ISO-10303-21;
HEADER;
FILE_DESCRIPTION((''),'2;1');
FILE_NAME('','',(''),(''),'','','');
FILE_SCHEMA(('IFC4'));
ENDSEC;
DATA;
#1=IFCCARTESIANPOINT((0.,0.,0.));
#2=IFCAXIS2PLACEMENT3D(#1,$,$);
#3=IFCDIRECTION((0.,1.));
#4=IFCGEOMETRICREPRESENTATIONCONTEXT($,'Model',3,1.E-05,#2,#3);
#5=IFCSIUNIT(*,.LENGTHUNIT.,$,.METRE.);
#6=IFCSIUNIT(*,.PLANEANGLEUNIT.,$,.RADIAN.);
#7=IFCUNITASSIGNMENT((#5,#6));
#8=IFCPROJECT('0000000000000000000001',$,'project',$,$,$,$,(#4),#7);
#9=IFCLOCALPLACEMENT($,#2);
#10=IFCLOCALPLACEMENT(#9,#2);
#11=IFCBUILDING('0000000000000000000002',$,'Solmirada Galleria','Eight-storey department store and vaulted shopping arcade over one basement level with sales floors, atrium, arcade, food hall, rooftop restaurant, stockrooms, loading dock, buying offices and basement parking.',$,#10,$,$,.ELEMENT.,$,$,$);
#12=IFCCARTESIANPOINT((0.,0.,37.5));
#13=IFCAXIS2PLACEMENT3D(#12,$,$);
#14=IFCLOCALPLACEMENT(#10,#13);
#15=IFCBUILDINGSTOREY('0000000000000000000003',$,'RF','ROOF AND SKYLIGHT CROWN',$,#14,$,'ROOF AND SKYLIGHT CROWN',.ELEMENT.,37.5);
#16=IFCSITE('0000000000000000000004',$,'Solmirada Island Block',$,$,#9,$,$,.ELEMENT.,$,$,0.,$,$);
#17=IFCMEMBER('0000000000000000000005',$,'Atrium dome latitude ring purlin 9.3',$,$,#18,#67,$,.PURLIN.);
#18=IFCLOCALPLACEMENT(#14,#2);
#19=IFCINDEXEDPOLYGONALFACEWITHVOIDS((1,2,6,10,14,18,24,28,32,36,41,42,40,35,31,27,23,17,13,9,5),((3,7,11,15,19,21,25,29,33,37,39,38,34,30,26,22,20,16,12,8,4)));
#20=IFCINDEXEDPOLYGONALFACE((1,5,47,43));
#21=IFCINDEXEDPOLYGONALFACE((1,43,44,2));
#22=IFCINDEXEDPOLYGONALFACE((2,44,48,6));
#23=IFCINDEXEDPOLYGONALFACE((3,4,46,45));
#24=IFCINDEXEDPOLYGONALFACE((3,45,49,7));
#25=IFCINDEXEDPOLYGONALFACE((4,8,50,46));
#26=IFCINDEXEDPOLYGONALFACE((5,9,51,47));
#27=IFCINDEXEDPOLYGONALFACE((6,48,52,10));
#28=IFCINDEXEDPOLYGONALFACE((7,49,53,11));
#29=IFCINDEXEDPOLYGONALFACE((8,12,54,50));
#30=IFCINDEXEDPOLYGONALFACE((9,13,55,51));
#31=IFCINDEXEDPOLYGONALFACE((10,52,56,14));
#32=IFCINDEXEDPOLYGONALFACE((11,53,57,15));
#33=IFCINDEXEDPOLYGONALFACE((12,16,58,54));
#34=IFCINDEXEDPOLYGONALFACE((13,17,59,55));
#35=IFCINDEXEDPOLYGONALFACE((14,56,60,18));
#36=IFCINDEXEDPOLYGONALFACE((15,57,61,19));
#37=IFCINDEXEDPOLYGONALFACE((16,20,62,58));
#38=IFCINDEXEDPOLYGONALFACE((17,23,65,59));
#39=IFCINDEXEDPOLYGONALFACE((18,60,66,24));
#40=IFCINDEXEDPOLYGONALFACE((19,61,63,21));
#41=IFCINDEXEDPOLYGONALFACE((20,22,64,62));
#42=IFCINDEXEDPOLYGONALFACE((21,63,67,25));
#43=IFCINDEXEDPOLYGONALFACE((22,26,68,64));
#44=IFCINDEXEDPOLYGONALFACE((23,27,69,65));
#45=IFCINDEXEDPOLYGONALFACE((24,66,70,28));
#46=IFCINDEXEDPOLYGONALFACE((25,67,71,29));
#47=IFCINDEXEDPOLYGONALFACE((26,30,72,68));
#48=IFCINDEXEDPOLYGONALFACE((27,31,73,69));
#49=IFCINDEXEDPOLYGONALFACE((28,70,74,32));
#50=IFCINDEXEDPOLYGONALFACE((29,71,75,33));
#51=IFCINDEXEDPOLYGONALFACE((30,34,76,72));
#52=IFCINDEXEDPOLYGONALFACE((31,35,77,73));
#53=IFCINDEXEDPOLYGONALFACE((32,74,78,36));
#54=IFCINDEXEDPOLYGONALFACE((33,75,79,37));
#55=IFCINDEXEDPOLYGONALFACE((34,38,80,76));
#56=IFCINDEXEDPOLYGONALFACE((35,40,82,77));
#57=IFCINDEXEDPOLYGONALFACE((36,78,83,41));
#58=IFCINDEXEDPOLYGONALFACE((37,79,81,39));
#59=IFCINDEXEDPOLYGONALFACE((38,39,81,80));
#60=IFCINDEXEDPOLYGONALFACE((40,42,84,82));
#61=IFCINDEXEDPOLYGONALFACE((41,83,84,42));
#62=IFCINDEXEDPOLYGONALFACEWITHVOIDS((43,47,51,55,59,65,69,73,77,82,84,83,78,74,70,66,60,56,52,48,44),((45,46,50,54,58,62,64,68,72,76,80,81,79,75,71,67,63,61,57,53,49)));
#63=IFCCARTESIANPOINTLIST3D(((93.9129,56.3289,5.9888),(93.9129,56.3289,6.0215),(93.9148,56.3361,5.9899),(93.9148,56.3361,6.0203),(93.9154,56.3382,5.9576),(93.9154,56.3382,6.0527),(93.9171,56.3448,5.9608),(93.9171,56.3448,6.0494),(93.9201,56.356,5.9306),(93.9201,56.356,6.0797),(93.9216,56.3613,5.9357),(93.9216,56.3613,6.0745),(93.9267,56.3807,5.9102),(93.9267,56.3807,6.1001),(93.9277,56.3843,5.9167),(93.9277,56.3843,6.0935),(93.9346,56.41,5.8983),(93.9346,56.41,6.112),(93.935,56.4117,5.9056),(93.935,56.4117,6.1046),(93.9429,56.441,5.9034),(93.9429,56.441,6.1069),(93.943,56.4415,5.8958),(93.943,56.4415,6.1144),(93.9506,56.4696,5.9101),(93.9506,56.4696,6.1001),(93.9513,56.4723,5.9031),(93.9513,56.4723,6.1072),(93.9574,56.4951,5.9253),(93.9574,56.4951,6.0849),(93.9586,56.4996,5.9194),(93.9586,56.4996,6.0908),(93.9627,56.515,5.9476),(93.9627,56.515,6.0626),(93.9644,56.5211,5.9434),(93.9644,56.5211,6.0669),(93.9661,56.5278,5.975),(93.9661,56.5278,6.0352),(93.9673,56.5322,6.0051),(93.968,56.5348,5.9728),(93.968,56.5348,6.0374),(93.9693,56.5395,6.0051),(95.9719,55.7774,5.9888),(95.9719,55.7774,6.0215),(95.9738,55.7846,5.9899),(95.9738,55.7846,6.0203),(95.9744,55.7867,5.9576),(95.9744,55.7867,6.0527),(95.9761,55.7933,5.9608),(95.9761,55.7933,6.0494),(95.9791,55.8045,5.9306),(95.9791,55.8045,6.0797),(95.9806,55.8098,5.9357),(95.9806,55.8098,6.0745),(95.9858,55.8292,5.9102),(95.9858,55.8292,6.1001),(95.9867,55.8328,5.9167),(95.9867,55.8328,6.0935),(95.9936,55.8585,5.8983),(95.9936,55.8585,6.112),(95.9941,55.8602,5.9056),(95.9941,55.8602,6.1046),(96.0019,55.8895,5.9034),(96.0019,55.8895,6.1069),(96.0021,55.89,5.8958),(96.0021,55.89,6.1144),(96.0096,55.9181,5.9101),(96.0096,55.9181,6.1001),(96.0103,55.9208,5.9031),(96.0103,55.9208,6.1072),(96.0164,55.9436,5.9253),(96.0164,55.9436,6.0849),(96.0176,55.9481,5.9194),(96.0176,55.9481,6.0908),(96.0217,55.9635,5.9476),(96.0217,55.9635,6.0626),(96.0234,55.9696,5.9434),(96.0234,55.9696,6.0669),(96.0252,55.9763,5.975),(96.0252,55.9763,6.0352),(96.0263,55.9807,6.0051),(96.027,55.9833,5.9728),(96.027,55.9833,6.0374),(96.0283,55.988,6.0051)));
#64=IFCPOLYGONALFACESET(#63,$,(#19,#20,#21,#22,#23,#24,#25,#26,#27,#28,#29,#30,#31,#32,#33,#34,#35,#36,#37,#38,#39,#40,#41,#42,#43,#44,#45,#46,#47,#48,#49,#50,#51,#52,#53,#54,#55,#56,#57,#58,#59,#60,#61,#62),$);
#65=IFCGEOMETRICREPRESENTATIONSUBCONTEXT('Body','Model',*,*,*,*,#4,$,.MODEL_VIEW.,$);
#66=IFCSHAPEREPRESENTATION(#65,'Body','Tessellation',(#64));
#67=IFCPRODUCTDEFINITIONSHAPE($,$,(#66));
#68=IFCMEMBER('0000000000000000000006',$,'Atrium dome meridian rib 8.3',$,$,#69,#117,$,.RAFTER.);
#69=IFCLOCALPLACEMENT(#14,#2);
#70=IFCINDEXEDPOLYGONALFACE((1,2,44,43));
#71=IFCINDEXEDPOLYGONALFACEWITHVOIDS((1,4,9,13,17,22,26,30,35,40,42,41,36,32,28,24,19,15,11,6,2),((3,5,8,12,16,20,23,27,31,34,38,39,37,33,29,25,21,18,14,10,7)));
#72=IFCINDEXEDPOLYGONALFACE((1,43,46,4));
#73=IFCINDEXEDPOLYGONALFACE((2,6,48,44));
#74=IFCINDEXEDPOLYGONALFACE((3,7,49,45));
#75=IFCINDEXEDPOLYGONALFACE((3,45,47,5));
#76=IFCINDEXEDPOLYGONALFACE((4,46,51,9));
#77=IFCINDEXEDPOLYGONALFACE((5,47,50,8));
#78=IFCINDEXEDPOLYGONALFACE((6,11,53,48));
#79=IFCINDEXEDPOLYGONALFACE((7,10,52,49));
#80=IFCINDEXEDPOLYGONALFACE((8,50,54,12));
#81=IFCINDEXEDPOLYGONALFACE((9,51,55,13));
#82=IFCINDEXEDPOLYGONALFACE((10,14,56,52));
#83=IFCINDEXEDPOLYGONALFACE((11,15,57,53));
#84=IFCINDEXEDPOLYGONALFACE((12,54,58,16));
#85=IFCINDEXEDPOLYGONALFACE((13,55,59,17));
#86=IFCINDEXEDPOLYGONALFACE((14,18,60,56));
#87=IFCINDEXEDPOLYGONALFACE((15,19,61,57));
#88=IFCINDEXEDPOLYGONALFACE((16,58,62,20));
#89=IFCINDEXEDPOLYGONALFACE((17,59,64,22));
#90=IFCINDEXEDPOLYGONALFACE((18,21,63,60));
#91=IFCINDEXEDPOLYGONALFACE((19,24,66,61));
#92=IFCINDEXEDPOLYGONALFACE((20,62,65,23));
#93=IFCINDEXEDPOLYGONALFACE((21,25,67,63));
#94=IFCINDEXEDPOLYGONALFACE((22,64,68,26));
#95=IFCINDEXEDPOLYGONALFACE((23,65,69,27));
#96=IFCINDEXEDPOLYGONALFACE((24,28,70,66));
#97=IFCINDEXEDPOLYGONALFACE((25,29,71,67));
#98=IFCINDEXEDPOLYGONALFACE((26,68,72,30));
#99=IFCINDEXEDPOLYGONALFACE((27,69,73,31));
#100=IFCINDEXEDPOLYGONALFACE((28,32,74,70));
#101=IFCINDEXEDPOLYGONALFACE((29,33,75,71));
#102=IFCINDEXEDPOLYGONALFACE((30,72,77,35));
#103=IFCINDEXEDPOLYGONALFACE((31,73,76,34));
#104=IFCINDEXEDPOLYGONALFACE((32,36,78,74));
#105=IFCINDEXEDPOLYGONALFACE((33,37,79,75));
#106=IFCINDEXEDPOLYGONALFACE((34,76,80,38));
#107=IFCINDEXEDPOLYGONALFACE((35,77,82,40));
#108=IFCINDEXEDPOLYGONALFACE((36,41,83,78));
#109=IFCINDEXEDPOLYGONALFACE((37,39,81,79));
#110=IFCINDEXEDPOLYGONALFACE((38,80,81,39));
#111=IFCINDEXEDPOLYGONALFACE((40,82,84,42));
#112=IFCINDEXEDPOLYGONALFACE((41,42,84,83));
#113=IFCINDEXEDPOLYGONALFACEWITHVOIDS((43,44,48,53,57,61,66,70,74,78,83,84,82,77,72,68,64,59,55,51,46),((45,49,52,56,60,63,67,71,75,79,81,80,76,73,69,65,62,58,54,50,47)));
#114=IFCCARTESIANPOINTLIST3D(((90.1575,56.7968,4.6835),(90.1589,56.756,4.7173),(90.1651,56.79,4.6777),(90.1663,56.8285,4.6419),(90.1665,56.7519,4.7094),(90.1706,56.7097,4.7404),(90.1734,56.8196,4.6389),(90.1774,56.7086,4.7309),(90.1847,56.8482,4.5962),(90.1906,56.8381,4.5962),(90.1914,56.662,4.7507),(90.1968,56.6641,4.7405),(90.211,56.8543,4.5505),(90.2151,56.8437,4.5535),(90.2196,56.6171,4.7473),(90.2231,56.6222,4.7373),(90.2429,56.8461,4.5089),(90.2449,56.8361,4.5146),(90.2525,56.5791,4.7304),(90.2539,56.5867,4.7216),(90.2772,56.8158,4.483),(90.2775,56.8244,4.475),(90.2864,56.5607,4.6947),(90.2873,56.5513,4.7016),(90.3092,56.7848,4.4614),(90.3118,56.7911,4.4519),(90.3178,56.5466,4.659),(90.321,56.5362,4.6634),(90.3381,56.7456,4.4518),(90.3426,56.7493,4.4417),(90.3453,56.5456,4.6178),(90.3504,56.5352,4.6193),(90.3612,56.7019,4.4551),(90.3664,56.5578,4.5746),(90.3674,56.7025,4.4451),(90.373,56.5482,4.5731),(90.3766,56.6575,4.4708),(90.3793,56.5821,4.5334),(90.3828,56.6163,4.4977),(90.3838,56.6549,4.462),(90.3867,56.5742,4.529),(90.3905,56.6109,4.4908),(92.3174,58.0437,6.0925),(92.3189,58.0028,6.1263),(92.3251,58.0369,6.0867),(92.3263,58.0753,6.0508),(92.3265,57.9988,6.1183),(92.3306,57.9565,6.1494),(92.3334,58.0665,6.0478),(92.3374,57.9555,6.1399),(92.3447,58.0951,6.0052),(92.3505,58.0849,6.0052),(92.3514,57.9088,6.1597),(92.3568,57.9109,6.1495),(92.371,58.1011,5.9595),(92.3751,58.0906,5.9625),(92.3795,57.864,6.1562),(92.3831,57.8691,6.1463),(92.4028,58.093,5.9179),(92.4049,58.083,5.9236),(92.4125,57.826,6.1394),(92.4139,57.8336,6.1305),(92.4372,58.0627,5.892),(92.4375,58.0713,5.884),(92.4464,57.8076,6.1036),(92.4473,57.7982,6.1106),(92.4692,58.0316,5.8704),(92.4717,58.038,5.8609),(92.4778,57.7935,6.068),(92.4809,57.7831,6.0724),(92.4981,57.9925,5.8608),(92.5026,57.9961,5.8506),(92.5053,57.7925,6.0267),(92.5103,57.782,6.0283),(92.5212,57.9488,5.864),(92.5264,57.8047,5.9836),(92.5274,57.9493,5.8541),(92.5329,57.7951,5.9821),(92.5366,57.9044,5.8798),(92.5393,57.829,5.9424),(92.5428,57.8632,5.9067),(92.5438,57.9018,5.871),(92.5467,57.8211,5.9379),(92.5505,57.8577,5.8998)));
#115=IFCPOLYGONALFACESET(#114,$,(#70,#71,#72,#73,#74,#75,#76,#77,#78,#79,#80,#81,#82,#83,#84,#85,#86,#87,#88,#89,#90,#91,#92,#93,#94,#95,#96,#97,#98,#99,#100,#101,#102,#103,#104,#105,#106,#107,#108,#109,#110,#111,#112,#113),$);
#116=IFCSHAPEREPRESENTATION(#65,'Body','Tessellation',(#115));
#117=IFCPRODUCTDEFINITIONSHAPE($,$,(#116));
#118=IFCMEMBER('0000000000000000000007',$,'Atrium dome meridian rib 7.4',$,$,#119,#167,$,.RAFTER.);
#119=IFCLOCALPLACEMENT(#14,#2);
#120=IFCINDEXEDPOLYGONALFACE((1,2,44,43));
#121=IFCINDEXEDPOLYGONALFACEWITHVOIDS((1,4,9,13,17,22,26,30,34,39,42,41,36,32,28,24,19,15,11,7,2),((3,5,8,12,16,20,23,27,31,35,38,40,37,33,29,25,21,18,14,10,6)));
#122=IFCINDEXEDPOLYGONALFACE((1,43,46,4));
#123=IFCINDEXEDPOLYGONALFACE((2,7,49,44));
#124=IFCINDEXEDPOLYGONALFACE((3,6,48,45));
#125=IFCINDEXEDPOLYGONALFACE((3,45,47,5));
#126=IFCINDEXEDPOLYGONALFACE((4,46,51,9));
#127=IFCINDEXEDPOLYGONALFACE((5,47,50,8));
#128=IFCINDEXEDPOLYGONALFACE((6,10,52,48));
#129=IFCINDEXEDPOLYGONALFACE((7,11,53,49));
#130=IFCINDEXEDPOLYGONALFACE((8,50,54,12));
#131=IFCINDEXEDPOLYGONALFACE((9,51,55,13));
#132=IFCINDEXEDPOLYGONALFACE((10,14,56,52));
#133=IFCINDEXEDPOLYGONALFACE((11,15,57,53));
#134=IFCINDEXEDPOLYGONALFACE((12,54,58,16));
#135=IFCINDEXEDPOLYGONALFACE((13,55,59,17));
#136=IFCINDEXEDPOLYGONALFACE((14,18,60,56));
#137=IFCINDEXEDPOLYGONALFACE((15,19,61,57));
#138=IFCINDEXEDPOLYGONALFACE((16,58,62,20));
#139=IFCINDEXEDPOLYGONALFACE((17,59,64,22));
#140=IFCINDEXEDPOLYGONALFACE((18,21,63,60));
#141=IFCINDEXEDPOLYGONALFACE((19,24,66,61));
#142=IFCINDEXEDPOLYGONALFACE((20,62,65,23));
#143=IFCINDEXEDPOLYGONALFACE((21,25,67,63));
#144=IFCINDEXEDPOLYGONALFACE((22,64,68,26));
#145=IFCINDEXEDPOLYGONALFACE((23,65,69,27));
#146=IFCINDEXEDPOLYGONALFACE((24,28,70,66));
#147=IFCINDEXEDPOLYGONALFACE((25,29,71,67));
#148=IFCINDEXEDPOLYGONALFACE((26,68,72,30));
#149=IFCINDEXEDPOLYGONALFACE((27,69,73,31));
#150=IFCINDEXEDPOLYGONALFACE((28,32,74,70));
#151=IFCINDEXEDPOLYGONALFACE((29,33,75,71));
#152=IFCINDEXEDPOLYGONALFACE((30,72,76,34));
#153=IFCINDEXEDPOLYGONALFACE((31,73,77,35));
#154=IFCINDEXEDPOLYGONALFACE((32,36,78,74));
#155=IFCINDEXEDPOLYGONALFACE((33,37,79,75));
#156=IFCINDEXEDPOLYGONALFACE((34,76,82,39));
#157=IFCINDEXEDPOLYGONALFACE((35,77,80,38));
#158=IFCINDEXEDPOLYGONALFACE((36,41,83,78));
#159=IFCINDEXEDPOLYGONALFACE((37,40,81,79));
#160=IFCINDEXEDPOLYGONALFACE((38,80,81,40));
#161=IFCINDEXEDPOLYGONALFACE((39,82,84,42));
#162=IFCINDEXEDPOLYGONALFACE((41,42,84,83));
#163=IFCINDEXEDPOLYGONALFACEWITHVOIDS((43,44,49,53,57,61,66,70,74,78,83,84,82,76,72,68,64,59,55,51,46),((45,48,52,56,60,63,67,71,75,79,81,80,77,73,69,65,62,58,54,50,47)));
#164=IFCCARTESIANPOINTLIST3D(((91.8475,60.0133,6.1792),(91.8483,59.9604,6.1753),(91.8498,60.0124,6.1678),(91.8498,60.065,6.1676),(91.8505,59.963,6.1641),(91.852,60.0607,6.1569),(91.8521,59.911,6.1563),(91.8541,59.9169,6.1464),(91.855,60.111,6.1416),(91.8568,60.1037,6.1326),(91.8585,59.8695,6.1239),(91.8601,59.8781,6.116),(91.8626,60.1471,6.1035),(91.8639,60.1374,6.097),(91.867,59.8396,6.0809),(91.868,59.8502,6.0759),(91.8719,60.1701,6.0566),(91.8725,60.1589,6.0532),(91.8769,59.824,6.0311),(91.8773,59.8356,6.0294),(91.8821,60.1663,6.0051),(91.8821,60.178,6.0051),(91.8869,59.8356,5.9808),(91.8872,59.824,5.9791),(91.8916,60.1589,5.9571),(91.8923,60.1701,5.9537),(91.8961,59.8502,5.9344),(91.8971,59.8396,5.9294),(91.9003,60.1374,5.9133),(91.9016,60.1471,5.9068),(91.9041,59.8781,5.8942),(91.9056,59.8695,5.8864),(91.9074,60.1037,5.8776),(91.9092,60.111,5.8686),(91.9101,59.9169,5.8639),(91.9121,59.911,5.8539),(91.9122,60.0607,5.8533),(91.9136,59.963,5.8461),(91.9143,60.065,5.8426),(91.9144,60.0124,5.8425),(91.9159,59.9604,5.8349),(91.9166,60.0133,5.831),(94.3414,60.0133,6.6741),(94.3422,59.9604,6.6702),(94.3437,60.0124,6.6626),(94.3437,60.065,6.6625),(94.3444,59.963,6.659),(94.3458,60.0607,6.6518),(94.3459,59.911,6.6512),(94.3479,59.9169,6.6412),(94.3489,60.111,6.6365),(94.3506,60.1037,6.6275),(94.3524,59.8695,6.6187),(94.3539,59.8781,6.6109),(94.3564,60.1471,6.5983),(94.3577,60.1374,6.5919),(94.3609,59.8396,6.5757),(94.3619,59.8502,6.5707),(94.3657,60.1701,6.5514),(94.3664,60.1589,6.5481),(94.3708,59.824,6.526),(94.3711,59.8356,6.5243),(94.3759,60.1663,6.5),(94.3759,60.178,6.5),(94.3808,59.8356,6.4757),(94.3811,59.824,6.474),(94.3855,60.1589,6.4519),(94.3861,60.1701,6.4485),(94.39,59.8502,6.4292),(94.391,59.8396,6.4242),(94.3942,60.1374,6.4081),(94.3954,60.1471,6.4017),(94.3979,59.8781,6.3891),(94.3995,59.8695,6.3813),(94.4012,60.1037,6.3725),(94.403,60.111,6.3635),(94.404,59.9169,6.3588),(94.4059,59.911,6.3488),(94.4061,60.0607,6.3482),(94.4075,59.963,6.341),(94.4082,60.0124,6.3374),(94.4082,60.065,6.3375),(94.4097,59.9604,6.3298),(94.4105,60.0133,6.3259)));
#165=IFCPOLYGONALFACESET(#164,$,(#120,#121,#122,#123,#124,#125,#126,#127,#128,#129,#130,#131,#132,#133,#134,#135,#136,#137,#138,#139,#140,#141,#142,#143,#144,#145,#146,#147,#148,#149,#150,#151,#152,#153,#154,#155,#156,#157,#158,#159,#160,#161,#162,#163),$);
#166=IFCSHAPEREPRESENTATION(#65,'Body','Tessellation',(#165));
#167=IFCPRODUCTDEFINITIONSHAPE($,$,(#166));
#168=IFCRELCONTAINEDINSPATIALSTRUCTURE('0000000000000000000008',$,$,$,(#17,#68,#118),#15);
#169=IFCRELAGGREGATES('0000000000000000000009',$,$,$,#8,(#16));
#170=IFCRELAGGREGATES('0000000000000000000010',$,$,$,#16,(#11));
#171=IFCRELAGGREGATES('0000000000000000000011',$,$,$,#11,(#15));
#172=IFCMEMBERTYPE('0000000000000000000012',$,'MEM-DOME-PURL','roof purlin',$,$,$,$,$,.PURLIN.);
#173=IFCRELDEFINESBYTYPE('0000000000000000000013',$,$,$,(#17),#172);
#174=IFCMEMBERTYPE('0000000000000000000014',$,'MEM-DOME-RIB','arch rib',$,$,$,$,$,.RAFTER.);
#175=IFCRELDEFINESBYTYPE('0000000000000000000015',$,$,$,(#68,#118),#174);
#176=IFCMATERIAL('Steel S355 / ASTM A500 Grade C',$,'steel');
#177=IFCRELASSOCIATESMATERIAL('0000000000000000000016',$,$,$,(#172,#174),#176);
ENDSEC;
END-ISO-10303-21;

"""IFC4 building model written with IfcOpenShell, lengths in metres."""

from ifc_helpers import new_model, si_unit, direction, frame, origin, origin_2d, place, context, subcontext, project, spatial, hollow_circle, extrude, material, material_profile, profile_set, type_object, element, save


model = new_model("IFC4")

# Units and contexts
model_context = context("Model", 3, precision=1e-05, world=origin(), true_north=direction((0.0, 1.0)))
body_context = subcontext(model_context, "Body", "Model", "MODEL_VIEW")
ifc_project = project(units=[si_unit("LENGTHUNIT", "METRE"), si_unit("PLANEANGLEUNIT", "RADIAN")], contexts=[model_context])

# Site, building, storey
site_placement = place(None, origin())
site = spatial("IfcSite", under=ifc_project, at=site_placement, Name="Solmirada Island Block", CompositionType="ELEMENT", RefElevation=0.0)
building_placement = place(site_placement, origin())
building = spatial("IfcBuilding", under=site, at=building_placement, Name="Solmirada Galleria", Description="Eight-storey department store and vaulted shopping arcade over one basement level with sales floors, atrium, arcade, food hall, rooftop restaurant, stockrooms, loading dock, buying offices and basement parking.", CompositionType="ELEMENT")
storey_placement = place(building_placement, frame((0.0, 0.0, 37.5)))
storey = spatial("IfcBuildingStorey", under=building, at=storey_placement, Name="RF", Description="ROOF AND SKYLIGHT CROWN", LongName="ROOF AND SKYLIGHT CROWN", CompositionType="ELEMENT", Elevation=37.5)

# Members
ifc_material_1 = material(Name="Steel S355 / ASTM A500 Grade C", Category="steel")
ifc_material_profile_1 = material_profile(ifc_material_1, hollow_circle(Radius=0.1096, WallThickness=0.0076, at=origin_2d()), Name="HSS8.625X0.322")
ifc_profile_set_1 = profile_set([ifc_material_profile_1], Name="Steel S355 / ASTM A500 Grade C")
member_type_1 = type_object("IfcMemberType", Name="MEM-DOME-PURL", Description="roof purlin", PredefinedType="PURLIN", material=ifc_profile_set_1)
for number, where, z_axis, x_axis, name in (
    (1, (93.9409, 56.4336, 6.0051), (0.965951, -0.258725, 0.0), (0.258725, 0.965951, 0.0), "Atrium dome latitude ring purlin 9.3"),
):
    element("IfcMember", number, at=place(storey_placement, frame(where, z_axis=z_axis, x_axis=x_axis)), inside=storey, type_object=member_type_1, Name=name, PredefinedType="PURLIN", context=body_context, shape_type="SweptSolid", body=[
        extrude(hollow_circle(Radius=0.1096, WallThickness=0.0076, at=origin_2d()), origin(), (0.0, 0.0, 1.0), 2.1316),
    ])
ifc_material_profile_2 = material_profile(ifc_material_1, hollow_circle(Radius=0.178, WallThickness=0.0117, at=origin_2d()), Name="HSS14.000X0.500")
ifc_profile_set_2 = profile_set([ifc_material_profile_2], Name="Steel S355 / ASTM A500 Grade C")
member_type_2 = type_object("IfcMemberType", Name="MEM-DOME-RIB", Description="arch rib", PredefinedType="RAFTER", material=ifc_profile_set_2)
member_1_placement = place(storey_placement, frame((90.2737, 56.6941, 4.5962), z_axis=(0.754049, 0.435281, 0.491875), x_axis=(-0.49994, 0.86606, 0.0)))
element("IfcMember", 2, at=member_1_placement, inside=storey, type_object=member_type_2, Name="Atrium dome meridian rib 8.3", PredefinedType="RAFTER", context=body_context, shape_type="SweptSolid", body=[
    extrude(hollow_circle(Radius=0.178, WallThickness=0.0117, at=origin_2d()), origin(), (0.0, 0.0, 1.0), 2.8645),
])
member_2_placement = place(storey_placement, frame((91.8821, 60.0, 6.0051), z_axis=(0.980875, 0.0, 0.194639), x_axis=(0.0, 1.0, 0.0)))
element("IfcMember", 3, at=member_2_placement, inside=storey, type_object=member_type_2, Name="Atrium dome meridian rib 7.4", PredefinedType="RAFTER", context=body_context, shape_type="SweptSolid", body=[
    extrude(hollow_circle(Radius=0.178, WallThickness=0.0117, at=origin_2d()), origin(), (0.0, 0.0, 1.0), 2.5425),
])

save(model, "model.ifc")
